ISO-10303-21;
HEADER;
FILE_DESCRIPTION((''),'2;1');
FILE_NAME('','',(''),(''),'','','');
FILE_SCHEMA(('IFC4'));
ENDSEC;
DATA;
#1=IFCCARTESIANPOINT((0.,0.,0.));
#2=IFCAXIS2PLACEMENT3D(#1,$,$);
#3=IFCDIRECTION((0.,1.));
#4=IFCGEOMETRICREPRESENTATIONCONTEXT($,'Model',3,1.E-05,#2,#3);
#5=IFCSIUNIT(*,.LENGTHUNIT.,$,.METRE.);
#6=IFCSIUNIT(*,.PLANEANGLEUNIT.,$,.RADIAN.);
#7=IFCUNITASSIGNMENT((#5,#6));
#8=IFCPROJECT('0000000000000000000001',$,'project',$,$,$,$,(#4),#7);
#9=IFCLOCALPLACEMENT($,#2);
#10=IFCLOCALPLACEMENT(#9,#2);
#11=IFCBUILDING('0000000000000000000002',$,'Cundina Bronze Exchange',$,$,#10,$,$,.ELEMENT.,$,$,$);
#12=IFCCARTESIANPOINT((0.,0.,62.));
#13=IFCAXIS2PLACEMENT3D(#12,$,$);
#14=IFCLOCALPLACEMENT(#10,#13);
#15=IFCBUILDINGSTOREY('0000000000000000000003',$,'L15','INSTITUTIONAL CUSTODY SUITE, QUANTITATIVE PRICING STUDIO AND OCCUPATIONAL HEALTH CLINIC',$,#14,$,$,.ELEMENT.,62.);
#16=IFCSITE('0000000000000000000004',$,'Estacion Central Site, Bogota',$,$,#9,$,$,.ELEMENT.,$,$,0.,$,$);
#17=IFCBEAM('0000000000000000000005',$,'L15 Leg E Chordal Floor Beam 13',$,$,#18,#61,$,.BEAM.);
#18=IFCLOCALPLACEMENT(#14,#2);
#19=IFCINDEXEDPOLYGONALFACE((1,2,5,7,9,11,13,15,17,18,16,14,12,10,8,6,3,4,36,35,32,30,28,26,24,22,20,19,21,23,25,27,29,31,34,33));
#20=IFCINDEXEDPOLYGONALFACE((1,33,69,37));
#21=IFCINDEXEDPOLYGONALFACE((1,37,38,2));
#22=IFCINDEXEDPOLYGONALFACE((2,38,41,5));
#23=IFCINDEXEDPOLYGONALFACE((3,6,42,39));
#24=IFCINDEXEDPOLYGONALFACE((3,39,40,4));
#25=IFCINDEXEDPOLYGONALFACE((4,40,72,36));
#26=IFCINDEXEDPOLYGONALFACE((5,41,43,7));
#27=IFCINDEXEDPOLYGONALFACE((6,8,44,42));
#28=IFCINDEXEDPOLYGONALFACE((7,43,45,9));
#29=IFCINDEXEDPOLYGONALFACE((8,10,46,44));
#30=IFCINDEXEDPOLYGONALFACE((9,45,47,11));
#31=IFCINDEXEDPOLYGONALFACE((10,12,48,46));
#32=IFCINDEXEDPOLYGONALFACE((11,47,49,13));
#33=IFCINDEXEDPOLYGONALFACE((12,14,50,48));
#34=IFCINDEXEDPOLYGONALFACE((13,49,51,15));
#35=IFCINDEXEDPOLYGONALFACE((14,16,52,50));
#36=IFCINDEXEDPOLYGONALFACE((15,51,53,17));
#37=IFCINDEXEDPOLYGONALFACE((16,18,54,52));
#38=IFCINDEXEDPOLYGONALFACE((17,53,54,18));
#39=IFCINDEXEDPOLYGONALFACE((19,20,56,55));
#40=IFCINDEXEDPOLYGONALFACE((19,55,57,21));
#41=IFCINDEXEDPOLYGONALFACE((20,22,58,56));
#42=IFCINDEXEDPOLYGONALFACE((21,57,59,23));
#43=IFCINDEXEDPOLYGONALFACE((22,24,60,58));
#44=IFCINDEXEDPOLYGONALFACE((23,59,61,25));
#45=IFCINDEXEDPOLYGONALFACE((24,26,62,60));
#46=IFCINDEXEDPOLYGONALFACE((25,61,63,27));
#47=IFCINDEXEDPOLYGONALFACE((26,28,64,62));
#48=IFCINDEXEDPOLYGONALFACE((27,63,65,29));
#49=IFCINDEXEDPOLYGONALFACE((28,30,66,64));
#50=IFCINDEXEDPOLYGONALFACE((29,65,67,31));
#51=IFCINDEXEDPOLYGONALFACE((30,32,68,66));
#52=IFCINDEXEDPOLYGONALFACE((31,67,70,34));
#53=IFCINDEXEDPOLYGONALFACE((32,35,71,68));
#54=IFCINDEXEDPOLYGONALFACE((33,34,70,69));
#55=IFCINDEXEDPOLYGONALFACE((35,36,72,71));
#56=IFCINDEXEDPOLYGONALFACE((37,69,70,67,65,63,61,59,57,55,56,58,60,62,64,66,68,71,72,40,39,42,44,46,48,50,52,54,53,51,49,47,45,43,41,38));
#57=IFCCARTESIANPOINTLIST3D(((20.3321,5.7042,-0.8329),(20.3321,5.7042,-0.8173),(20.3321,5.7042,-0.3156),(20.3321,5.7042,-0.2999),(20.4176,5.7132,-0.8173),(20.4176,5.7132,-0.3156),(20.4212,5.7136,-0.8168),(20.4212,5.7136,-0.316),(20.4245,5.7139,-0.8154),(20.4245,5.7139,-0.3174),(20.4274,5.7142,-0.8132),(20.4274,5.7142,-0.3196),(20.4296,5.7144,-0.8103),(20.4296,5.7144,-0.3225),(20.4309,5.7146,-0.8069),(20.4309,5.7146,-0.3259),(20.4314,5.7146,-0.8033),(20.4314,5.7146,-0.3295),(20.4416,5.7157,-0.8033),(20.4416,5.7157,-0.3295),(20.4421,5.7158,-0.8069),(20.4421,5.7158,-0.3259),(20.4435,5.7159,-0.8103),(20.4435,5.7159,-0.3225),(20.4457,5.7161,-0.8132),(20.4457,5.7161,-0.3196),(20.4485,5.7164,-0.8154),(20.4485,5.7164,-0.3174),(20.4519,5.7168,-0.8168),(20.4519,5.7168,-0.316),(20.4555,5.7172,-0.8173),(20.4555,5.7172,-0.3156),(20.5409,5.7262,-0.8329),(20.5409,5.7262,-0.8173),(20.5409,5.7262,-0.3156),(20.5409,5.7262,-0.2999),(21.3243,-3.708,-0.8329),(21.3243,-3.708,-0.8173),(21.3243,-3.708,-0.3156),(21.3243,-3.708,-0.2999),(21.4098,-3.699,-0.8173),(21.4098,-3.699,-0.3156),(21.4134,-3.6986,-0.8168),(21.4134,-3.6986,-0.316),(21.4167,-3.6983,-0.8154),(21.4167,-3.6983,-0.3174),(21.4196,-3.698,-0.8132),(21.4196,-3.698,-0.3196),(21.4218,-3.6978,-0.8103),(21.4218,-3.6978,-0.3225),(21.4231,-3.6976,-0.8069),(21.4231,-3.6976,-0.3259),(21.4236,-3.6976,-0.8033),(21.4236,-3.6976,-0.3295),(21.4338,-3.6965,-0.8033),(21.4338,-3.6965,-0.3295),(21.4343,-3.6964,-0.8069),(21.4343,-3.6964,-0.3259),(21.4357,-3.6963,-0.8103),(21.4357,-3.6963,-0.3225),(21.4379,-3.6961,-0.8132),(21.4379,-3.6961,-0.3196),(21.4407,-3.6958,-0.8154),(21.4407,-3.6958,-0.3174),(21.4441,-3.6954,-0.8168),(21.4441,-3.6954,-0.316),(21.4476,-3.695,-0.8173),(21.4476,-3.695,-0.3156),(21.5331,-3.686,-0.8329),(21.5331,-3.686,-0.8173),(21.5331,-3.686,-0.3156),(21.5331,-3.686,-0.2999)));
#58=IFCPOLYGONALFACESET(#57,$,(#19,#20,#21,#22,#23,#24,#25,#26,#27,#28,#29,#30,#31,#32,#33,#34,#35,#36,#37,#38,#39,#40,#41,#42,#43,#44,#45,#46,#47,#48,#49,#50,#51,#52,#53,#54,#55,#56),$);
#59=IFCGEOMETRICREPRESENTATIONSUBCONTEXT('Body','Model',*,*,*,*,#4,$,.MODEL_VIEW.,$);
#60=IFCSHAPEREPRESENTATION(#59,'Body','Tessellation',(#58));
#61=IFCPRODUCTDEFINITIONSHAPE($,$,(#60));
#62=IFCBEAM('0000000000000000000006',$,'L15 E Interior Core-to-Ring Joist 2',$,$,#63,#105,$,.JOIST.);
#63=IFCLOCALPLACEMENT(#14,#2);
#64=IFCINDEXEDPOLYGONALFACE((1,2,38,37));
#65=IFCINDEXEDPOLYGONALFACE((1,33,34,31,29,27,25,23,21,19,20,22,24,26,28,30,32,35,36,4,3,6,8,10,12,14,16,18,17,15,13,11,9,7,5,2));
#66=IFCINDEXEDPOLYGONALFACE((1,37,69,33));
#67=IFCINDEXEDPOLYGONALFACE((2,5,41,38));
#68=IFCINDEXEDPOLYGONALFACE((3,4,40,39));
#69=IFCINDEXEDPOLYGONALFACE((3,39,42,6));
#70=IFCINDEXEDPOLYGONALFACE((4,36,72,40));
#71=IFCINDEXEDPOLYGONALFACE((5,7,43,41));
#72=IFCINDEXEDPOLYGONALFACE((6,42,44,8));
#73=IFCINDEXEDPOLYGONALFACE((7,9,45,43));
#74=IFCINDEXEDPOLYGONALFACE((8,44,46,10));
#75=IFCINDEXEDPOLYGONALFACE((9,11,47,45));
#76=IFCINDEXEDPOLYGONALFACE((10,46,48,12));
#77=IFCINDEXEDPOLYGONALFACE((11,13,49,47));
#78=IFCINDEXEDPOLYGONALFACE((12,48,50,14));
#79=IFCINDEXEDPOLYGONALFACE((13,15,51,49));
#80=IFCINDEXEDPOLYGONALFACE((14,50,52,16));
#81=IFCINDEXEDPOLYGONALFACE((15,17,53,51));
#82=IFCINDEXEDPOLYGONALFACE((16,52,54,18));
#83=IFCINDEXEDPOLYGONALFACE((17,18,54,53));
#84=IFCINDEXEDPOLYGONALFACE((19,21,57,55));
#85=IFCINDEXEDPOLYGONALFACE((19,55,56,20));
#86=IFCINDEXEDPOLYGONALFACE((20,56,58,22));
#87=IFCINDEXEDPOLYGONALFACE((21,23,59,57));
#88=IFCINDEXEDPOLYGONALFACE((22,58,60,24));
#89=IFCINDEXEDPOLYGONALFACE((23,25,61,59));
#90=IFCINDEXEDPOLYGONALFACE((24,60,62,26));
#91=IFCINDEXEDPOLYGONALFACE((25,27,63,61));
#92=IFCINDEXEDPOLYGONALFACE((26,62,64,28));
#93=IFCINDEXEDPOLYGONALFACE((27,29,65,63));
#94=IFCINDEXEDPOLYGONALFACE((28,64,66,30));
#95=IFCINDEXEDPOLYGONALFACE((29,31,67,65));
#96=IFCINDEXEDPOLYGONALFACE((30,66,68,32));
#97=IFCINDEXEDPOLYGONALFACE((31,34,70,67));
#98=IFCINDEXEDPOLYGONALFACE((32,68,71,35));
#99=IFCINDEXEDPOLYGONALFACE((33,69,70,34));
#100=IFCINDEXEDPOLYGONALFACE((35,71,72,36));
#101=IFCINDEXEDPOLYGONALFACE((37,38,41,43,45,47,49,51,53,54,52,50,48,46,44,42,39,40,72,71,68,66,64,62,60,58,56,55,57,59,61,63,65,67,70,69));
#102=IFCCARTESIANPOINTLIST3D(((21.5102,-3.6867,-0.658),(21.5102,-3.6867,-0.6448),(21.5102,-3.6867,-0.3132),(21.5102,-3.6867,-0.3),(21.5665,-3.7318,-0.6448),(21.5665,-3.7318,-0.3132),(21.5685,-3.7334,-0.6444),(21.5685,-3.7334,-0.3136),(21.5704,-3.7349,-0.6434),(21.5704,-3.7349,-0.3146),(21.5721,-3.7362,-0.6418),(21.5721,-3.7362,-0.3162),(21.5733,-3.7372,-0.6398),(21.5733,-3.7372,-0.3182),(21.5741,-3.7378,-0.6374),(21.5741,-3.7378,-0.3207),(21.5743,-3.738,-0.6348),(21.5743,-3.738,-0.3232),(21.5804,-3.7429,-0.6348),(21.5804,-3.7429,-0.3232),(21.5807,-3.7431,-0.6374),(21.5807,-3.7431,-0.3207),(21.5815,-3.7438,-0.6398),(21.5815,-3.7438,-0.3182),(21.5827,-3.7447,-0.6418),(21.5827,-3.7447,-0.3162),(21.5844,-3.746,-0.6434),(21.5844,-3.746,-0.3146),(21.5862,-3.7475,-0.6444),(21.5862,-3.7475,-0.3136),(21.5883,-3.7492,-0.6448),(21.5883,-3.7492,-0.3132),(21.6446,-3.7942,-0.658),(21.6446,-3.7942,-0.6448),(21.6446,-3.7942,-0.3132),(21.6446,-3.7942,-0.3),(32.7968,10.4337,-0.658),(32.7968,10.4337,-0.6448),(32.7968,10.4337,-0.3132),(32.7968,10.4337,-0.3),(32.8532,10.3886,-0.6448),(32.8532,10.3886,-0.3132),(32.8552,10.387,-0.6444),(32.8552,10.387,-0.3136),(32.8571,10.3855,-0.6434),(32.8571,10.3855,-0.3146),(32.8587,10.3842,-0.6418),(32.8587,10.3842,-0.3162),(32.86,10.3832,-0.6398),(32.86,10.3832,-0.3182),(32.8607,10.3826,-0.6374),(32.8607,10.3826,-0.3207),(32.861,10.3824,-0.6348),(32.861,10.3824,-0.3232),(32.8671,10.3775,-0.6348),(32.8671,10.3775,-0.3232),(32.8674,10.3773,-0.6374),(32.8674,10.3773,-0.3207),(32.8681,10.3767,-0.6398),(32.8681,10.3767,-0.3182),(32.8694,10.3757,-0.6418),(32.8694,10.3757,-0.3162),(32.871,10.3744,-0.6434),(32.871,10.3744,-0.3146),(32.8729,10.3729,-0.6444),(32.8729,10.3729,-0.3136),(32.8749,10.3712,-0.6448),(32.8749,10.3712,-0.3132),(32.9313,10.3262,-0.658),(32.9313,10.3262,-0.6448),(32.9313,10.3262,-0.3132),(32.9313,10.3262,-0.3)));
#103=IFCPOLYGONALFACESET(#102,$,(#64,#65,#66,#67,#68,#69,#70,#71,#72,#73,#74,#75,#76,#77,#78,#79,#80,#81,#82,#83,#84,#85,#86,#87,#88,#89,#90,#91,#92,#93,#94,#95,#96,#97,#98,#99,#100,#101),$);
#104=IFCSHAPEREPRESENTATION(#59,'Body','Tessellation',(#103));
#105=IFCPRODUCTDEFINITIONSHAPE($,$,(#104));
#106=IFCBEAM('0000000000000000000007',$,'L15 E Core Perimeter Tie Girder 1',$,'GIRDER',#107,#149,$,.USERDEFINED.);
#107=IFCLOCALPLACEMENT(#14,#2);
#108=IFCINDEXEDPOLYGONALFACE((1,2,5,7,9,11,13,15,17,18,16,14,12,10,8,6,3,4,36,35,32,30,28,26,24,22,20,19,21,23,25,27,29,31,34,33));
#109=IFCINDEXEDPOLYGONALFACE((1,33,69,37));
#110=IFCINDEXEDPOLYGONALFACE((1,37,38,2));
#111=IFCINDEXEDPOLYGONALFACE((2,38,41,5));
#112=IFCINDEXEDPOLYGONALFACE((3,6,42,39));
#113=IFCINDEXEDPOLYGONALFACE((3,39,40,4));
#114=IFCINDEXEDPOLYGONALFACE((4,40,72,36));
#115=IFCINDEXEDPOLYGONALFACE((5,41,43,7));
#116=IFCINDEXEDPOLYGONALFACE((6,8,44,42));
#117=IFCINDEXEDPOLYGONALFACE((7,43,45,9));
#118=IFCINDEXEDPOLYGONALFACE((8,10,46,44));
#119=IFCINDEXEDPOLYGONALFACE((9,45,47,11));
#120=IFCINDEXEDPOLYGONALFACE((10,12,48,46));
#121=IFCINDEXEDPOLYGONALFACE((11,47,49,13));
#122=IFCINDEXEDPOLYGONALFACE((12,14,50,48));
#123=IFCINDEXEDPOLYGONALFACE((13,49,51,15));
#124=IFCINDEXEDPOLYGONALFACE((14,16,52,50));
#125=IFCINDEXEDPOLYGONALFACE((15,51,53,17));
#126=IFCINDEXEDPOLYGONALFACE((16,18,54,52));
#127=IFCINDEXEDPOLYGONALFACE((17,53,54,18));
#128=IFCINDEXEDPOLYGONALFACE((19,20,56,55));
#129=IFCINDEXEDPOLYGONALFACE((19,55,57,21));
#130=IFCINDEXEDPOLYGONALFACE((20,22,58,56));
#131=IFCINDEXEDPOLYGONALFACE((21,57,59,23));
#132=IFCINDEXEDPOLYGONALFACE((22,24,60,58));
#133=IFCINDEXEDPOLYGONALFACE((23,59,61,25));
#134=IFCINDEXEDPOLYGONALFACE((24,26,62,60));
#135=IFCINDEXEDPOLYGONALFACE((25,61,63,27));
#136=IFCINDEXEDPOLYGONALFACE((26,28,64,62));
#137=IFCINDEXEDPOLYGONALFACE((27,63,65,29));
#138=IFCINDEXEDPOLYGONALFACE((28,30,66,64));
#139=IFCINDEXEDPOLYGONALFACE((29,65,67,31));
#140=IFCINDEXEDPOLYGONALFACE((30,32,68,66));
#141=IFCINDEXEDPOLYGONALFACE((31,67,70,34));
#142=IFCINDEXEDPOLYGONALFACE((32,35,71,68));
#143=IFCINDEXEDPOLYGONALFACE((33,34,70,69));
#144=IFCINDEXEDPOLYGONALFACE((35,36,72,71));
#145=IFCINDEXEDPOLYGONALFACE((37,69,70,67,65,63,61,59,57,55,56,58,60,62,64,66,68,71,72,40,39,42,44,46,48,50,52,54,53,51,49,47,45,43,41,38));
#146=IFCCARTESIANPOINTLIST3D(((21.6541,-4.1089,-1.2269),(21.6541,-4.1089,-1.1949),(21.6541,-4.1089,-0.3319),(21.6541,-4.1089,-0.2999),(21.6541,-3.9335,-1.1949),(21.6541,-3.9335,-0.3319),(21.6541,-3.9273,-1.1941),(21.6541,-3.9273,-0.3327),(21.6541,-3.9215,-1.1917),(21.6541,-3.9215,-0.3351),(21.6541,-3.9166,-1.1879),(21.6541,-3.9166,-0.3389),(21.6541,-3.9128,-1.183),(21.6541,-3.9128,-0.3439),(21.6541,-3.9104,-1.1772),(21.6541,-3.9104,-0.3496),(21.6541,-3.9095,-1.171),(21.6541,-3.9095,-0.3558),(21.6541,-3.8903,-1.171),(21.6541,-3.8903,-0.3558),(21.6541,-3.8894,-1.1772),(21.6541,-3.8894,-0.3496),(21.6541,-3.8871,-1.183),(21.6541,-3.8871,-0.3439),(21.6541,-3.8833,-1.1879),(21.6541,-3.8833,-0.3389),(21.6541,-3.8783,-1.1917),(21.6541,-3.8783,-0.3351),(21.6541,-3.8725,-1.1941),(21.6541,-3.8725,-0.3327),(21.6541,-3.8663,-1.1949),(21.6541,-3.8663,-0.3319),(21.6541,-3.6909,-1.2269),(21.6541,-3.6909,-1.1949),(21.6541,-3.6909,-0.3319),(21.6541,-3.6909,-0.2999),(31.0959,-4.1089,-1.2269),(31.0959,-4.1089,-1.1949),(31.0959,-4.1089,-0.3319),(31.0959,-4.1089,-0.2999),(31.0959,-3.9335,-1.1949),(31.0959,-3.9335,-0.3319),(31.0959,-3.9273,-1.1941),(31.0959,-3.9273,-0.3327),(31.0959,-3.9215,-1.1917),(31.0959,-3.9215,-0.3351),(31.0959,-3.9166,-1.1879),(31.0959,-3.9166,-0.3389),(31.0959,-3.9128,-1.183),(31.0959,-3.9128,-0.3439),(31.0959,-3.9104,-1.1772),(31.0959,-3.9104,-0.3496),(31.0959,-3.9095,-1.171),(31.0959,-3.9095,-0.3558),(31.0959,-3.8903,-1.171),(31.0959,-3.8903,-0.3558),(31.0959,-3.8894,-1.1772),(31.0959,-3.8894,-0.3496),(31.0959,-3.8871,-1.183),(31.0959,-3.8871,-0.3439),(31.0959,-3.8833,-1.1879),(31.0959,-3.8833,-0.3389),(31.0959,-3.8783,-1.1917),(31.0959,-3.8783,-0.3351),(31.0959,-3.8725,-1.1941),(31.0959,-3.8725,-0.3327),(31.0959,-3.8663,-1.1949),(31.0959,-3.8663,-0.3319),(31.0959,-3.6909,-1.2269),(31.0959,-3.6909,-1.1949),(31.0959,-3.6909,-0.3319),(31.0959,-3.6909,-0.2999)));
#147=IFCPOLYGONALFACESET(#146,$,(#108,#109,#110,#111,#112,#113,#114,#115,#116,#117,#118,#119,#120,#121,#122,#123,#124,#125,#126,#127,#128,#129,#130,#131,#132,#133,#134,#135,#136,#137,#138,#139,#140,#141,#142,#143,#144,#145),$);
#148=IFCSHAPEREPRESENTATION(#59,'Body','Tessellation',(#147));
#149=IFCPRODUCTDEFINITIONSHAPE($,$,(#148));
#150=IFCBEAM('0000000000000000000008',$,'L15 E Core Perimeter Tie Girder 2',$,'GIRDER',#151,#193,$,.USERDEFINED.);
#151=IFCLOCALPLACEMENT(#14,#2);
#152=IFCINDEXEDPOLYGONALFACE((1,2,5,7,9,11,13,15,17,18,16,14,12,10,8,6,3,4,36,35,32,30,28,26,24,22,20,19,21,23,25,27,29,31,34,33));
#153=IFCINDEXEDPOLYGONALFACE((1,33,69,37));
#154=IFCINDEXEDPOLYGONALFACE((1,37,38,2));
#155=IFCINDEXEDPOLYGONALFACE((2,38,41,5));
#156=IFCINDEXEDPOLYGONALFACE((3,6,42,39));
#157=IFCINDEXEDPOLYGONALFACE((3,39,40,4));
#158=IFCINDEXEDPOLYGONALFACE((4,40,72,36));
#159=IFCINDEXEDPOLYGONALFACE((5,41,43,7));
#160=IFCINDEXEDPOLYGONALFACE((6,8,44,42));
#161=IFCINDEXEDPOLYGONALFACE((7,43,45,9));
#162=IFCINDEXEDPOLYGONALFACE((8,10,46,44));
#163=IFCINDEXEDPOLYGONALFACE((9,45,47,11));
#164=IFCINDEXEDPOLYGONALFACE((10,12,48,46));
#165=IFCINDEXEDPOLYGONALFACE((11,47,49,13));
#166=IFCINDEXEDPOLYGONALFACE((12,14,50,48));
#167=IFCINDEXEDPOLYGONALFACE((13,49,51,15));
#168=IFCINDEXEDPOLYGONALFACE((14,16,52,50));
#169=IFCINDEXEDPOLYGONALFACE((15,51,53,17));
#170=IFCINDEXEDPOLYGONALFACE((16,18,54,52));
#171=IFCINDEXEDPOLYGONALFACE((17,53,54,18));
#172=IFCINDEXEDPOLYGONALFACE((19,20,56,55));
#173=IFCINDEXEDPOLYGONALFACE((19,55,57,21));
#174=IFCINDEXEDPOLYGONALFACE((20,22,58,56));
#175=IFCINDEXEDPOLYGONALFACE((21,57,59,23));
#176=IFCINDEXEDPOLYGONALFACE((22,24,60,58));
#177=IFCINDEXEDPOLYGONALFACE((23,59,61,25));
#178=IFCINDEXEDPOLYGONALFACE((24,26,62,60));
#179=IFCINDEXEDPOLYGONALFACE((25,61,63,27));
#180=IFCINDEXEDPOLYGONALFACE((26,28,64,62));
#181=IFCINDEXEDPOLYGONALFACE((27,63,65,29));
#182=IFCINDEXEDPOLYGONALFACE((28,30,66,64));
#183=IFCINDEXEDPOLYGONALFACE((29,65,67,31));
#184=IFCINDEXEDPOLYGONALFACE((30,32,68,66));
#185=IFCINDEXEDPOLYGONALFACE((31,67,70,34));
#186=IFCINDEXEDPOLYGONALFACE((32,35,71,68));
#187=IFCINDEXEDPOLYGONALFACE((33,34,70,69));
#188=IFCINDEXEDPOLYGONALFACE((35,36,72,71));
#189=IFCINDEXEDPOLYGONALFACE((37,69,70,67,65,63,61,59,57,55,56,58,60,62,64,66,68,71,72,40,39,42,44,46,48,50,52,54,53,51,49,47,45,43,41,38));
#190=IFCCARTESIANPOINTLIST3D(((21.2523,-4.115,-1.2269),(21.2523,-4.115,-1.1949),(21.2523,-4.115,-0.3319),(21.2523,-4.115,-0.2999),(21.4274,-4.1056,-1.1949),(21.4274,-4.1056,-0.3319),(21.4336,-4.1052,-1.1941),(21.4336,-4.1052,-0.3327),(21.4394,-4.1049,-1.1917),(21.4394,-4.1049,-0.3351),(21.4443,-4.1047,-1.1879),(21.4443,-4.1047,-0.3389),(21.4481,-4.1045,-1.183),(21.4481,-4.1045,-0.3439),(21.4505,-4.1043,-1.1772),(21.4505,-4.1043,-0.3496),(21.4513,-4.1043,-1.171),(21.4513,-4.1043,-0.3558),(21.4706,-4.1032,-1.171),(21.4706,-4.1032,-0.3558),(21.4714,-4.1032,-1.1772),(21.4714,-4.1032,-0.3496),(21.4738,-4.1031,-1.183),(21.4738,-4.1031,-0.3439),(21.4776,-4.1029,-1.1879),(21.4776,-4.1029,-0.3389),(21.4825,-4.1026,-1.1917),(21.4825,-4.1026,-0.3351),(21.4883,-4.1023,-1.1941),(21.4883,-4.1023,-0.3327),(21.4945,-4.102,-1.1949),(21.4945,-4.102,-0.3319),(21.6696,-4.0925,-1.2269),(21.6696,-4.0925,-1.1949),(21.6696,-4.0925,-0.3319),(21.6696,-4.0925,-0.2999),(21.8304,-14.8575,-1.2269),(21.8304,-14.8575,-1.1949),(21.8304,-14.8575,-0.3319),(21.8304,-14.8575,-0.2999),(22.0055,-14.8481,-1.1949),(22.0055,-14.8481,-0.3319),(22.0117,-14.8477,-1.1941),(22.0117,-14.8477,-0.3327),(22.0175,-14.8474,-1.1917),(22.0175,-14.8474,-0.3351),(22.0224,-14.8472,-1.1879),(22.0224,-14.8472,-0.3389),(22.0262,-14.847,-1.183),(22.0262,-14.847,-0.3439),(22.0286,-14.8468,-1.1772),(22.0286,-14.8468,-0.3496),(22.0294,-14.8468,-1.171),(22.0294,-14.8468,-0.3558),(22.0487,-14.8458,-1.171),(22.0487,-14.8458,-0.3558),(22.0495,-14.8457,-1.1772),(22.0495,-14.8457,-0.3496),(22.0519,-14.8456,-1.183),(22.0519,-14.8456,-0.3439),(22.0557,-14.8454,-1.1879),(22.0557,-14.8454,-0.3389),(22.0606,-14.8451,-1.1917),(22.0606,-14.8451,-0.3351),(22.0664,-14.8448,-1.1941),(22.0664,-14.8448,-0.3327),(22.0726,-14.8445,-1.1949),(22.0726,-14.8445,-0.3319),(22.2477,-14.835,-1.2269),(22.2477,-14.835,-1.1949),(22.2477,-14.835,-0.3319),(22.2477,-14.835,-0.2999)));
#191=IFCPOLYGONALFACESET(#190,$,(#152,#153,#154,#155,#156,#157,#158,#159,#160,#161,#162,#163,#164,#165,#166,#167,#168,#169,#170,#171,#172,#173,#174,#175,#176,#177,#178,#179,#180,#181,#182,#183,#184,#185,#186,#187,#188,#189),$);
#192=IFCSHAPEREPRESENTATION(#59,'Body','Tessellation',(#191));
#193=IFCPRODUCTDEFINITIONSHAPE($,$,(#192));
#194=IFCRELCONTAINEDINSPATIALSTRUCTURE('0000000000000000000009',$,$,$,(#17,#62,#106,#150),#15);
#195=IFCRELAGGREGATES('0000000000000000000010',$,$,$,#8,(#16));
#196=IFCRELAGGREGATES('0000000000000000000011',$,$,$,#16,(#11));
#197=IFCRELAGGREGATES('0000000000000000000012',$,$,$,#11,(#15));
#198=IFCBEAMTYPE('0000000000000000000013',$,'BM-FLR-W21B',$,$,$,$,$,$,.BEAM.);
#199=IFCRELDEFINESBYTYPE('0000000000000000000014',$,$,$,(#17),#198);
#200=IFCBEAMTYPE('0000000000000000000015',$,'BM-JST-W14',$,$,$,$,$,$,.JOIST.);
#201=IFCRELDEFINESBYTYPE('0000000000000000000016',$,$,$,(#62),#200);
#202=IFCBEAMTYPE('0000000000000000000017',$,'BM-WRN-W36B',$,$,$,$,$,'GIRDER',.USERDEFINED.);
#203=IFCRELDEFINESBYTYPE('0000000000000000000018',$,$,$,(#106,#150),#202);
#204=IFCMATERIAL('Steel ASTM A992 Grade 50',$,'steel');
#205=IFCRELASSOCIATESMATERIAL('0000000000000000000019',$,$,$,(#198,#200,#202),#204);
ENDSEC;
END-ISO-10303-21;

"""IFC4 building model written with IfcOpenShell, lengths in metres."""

from ifc_helpers import new_model, si_unit, direction, frame, origin, origin_2d, place, context, subcontext, project, spatial, i_section, extrude, material, material_profile, profile_set, type_object, element, save


model = new_model("IFC4")

# Units and contexts
model_context = context("Model", 3, precision=1e-05, world=origin(), true_north=direction((0.0, 1.0)))
body_context = subcontext(model_context, "Body", "Model", "MODEL_VIEW")
ifc_project = project(units=[si_unit("LENGTHUNIT", "METRE"), si_unit("PLANEANGLEUNIT", "RADIAN")], contexts=[model_context])

# Site, building, storey
site_placement = place(None, origin())
site = spatial("IfcSite", under=ifc_project, at=site_placement, Name="Estacion Central Site, Bogota", CompositionType="ELEMENT", RefElevation=0.0)
building_placement = place(site_placement, origin())
building = spatial("IfcBuilding", under=site, at=building_placement, Name="Cundina Bronze Exchange", CompositionType="ELEMENT")
storey_placement = place(building_placement, frame((0.0, 0.0, 62.0)))
storey = spatial("IfcBuildingStorey", under=building, at=storey_placement, Name="L15", Description="INSTITUTIONAL CUSTODY SUITE, QUANTITATIVE PRICING STUDIO AND OCCUPATIONAL HEALTH CLINIC", CompositionType="ELEMENT", Elevation=62.0)

# Shared definitions
ifc_material_1 = material(Name="Steel ASTM A992 Grade 50", Category="steel")

# Beams
ifc_material_profile_1 = material_profile(ifc_material_1, i_section(OverallWidth=0.21, OverallDepth=0.533, WebThickness=0.0103, FlangeThickness=0.0156, FilletRadius=0.0139, at=origin_2d()), Name="W21X62", Category="steel")
ifc_profile_set_1 = profile_set([ifc_material_profile_1], Name="Steel ASTM A992 Grade 50")
beam_type_1 = type_object("IfcBeamType", Name="BM-FLR-W21B", PredefinedType="BEAM", material=ifc_profile_set_1)
beam_1_placement = place(storey_placement, frame((21.4287, -3.697, -0.5664), z_axis=(-0.104835, 0.99449, 0.0), x_axis=(-0.99449, -0.104835, 0.0)))
element("IfcBeam", 1, at=beam_1_placement, inside=storey, type_object=beam_type_1, Name="L15 Leg E Chordal Floor Beam 13", PredefinedType="BEAM", context=body_context, shape_type="SweptSolid", body=[
    extrude(i_section(OverallWidth=0.21, OverallDepth=0.533, WebThickness=0.0103, FlangeThickness=0.0156, FilletRadius=0.0139, at=origin_2d()), origin(), (0.0, 0.0, 1.0), 9.4644),
])
ifc_material_profile_2 = material_profile(ifc_material_1, i_section(OverallWidth=0.1721, OverallDepth=0.3579, WebThickness=0.0078, FlangeThickness=0.0132, FilletRadius=0.01, at=origin_2d()), Name="W14X38", Category="steel")
ifc_profile_set_2 = profile_set([ifc_material_profile_2], Name="Steel ASTM A992 Grade 50")
beam_type_2 = type_object("IfcBeamType", Name="BM-JST-W14", PredefinedType="JOIST", material=ifc_profile_set_2)
beam_2_placement = place(storey_placement, frame((21.5774, -3.7405, -0.479), z_axis=(0.624369, 0.78113, 0.0), x_axis=(-0.78113, 0.624369, 0.0)))
element("IfcBeam", 2, at=beam_2_placement, inside=storey, type_object=beam_type_2, Name="L15 E Interior Core-to-Ring Joist 2", PredefinedType="JOIST", context=body_context, shape_type="SweptSolid", body=[
    extrude(i_section(OverallWidth=0.1721, OverallDepth=0.3579, WebThickness=0.0078, FlangeThickness=0.0132, FilletRadius=0.01, at=origin_2d()), origin(), (0.0, 0.0, 1.0), 18.0769),
])
ifc_material_profile_3 = material_profile(ifc_material_1, i_section(OverallWidth=0.418, OverallDepth=0.927, WebThickness=0.0193, FlangeThickness=0.032, FilletRadius=0.0239, at=origin_2d()), Name="W36X231", Category="steel")
ifc_profile_set_3 = profile_set([ifc_material_profile_3], Name="Steel ASTM A992 Grade 50")
beam_type_3 = type_object("IfcBeamType", Name="BM-WRN-W36B", ElementType="GIRDER", PredefinedType="USERDEFINED", material=ifc_profile_set_3)
beam_3_placement = place(storey_placement, frame((31.0959, -3.8999, -0.7634), z_axis=(-1.0, 0.0, 0.0), x_axis=(0.0, -1.0, 0.0)))
element("IfcBeam", 3, at=beam_3_placement, inside=storey, type_object=beam_type_3, Name="L15 E Core Perimeter Tie Girder 1", ObjectType="GIRDER", PredefinedType="USERDEFINED", context=body_context, shape_type="SweptSolid", body=[
    extrude(i_section(OverallWidth=0.418, OverallDepth=0.927, WebThickness=0.0193, FlangeThickness=0.032, FilletRadius=0.0239, at=origin_2d()), origin(), (0.0, 0.0, 1.0), 9.4419),
])
beam_4_placement = place(storey_placement, frame((21.4609, -4.1038, -0.7634), z_axis=(0.053739, -0.998555, 0.0), x_axis=(0.998555, 0.053739, 0.0)))
element("IfcBeam", 4, at=beam_4_placement, inside=storey, type_object=beam_type_3, Name="L15 E Core Perimeter Tie Girder 2", ObjectType="GIRDER", PredefinedType="USERDEFINED", context=body_context, shape_type="SweptSolid", body=[
    extrude(i_section(OverallWidth=0.418, OverallDepth=0.927, WebThickness=0.0193, FlangeThickness=0.032, FilletRadius=0.0239, at=origin_2d()), origin(), (0.0, 0.0, 1.0), 10.7581),
])

save(model, "model.ifc")
